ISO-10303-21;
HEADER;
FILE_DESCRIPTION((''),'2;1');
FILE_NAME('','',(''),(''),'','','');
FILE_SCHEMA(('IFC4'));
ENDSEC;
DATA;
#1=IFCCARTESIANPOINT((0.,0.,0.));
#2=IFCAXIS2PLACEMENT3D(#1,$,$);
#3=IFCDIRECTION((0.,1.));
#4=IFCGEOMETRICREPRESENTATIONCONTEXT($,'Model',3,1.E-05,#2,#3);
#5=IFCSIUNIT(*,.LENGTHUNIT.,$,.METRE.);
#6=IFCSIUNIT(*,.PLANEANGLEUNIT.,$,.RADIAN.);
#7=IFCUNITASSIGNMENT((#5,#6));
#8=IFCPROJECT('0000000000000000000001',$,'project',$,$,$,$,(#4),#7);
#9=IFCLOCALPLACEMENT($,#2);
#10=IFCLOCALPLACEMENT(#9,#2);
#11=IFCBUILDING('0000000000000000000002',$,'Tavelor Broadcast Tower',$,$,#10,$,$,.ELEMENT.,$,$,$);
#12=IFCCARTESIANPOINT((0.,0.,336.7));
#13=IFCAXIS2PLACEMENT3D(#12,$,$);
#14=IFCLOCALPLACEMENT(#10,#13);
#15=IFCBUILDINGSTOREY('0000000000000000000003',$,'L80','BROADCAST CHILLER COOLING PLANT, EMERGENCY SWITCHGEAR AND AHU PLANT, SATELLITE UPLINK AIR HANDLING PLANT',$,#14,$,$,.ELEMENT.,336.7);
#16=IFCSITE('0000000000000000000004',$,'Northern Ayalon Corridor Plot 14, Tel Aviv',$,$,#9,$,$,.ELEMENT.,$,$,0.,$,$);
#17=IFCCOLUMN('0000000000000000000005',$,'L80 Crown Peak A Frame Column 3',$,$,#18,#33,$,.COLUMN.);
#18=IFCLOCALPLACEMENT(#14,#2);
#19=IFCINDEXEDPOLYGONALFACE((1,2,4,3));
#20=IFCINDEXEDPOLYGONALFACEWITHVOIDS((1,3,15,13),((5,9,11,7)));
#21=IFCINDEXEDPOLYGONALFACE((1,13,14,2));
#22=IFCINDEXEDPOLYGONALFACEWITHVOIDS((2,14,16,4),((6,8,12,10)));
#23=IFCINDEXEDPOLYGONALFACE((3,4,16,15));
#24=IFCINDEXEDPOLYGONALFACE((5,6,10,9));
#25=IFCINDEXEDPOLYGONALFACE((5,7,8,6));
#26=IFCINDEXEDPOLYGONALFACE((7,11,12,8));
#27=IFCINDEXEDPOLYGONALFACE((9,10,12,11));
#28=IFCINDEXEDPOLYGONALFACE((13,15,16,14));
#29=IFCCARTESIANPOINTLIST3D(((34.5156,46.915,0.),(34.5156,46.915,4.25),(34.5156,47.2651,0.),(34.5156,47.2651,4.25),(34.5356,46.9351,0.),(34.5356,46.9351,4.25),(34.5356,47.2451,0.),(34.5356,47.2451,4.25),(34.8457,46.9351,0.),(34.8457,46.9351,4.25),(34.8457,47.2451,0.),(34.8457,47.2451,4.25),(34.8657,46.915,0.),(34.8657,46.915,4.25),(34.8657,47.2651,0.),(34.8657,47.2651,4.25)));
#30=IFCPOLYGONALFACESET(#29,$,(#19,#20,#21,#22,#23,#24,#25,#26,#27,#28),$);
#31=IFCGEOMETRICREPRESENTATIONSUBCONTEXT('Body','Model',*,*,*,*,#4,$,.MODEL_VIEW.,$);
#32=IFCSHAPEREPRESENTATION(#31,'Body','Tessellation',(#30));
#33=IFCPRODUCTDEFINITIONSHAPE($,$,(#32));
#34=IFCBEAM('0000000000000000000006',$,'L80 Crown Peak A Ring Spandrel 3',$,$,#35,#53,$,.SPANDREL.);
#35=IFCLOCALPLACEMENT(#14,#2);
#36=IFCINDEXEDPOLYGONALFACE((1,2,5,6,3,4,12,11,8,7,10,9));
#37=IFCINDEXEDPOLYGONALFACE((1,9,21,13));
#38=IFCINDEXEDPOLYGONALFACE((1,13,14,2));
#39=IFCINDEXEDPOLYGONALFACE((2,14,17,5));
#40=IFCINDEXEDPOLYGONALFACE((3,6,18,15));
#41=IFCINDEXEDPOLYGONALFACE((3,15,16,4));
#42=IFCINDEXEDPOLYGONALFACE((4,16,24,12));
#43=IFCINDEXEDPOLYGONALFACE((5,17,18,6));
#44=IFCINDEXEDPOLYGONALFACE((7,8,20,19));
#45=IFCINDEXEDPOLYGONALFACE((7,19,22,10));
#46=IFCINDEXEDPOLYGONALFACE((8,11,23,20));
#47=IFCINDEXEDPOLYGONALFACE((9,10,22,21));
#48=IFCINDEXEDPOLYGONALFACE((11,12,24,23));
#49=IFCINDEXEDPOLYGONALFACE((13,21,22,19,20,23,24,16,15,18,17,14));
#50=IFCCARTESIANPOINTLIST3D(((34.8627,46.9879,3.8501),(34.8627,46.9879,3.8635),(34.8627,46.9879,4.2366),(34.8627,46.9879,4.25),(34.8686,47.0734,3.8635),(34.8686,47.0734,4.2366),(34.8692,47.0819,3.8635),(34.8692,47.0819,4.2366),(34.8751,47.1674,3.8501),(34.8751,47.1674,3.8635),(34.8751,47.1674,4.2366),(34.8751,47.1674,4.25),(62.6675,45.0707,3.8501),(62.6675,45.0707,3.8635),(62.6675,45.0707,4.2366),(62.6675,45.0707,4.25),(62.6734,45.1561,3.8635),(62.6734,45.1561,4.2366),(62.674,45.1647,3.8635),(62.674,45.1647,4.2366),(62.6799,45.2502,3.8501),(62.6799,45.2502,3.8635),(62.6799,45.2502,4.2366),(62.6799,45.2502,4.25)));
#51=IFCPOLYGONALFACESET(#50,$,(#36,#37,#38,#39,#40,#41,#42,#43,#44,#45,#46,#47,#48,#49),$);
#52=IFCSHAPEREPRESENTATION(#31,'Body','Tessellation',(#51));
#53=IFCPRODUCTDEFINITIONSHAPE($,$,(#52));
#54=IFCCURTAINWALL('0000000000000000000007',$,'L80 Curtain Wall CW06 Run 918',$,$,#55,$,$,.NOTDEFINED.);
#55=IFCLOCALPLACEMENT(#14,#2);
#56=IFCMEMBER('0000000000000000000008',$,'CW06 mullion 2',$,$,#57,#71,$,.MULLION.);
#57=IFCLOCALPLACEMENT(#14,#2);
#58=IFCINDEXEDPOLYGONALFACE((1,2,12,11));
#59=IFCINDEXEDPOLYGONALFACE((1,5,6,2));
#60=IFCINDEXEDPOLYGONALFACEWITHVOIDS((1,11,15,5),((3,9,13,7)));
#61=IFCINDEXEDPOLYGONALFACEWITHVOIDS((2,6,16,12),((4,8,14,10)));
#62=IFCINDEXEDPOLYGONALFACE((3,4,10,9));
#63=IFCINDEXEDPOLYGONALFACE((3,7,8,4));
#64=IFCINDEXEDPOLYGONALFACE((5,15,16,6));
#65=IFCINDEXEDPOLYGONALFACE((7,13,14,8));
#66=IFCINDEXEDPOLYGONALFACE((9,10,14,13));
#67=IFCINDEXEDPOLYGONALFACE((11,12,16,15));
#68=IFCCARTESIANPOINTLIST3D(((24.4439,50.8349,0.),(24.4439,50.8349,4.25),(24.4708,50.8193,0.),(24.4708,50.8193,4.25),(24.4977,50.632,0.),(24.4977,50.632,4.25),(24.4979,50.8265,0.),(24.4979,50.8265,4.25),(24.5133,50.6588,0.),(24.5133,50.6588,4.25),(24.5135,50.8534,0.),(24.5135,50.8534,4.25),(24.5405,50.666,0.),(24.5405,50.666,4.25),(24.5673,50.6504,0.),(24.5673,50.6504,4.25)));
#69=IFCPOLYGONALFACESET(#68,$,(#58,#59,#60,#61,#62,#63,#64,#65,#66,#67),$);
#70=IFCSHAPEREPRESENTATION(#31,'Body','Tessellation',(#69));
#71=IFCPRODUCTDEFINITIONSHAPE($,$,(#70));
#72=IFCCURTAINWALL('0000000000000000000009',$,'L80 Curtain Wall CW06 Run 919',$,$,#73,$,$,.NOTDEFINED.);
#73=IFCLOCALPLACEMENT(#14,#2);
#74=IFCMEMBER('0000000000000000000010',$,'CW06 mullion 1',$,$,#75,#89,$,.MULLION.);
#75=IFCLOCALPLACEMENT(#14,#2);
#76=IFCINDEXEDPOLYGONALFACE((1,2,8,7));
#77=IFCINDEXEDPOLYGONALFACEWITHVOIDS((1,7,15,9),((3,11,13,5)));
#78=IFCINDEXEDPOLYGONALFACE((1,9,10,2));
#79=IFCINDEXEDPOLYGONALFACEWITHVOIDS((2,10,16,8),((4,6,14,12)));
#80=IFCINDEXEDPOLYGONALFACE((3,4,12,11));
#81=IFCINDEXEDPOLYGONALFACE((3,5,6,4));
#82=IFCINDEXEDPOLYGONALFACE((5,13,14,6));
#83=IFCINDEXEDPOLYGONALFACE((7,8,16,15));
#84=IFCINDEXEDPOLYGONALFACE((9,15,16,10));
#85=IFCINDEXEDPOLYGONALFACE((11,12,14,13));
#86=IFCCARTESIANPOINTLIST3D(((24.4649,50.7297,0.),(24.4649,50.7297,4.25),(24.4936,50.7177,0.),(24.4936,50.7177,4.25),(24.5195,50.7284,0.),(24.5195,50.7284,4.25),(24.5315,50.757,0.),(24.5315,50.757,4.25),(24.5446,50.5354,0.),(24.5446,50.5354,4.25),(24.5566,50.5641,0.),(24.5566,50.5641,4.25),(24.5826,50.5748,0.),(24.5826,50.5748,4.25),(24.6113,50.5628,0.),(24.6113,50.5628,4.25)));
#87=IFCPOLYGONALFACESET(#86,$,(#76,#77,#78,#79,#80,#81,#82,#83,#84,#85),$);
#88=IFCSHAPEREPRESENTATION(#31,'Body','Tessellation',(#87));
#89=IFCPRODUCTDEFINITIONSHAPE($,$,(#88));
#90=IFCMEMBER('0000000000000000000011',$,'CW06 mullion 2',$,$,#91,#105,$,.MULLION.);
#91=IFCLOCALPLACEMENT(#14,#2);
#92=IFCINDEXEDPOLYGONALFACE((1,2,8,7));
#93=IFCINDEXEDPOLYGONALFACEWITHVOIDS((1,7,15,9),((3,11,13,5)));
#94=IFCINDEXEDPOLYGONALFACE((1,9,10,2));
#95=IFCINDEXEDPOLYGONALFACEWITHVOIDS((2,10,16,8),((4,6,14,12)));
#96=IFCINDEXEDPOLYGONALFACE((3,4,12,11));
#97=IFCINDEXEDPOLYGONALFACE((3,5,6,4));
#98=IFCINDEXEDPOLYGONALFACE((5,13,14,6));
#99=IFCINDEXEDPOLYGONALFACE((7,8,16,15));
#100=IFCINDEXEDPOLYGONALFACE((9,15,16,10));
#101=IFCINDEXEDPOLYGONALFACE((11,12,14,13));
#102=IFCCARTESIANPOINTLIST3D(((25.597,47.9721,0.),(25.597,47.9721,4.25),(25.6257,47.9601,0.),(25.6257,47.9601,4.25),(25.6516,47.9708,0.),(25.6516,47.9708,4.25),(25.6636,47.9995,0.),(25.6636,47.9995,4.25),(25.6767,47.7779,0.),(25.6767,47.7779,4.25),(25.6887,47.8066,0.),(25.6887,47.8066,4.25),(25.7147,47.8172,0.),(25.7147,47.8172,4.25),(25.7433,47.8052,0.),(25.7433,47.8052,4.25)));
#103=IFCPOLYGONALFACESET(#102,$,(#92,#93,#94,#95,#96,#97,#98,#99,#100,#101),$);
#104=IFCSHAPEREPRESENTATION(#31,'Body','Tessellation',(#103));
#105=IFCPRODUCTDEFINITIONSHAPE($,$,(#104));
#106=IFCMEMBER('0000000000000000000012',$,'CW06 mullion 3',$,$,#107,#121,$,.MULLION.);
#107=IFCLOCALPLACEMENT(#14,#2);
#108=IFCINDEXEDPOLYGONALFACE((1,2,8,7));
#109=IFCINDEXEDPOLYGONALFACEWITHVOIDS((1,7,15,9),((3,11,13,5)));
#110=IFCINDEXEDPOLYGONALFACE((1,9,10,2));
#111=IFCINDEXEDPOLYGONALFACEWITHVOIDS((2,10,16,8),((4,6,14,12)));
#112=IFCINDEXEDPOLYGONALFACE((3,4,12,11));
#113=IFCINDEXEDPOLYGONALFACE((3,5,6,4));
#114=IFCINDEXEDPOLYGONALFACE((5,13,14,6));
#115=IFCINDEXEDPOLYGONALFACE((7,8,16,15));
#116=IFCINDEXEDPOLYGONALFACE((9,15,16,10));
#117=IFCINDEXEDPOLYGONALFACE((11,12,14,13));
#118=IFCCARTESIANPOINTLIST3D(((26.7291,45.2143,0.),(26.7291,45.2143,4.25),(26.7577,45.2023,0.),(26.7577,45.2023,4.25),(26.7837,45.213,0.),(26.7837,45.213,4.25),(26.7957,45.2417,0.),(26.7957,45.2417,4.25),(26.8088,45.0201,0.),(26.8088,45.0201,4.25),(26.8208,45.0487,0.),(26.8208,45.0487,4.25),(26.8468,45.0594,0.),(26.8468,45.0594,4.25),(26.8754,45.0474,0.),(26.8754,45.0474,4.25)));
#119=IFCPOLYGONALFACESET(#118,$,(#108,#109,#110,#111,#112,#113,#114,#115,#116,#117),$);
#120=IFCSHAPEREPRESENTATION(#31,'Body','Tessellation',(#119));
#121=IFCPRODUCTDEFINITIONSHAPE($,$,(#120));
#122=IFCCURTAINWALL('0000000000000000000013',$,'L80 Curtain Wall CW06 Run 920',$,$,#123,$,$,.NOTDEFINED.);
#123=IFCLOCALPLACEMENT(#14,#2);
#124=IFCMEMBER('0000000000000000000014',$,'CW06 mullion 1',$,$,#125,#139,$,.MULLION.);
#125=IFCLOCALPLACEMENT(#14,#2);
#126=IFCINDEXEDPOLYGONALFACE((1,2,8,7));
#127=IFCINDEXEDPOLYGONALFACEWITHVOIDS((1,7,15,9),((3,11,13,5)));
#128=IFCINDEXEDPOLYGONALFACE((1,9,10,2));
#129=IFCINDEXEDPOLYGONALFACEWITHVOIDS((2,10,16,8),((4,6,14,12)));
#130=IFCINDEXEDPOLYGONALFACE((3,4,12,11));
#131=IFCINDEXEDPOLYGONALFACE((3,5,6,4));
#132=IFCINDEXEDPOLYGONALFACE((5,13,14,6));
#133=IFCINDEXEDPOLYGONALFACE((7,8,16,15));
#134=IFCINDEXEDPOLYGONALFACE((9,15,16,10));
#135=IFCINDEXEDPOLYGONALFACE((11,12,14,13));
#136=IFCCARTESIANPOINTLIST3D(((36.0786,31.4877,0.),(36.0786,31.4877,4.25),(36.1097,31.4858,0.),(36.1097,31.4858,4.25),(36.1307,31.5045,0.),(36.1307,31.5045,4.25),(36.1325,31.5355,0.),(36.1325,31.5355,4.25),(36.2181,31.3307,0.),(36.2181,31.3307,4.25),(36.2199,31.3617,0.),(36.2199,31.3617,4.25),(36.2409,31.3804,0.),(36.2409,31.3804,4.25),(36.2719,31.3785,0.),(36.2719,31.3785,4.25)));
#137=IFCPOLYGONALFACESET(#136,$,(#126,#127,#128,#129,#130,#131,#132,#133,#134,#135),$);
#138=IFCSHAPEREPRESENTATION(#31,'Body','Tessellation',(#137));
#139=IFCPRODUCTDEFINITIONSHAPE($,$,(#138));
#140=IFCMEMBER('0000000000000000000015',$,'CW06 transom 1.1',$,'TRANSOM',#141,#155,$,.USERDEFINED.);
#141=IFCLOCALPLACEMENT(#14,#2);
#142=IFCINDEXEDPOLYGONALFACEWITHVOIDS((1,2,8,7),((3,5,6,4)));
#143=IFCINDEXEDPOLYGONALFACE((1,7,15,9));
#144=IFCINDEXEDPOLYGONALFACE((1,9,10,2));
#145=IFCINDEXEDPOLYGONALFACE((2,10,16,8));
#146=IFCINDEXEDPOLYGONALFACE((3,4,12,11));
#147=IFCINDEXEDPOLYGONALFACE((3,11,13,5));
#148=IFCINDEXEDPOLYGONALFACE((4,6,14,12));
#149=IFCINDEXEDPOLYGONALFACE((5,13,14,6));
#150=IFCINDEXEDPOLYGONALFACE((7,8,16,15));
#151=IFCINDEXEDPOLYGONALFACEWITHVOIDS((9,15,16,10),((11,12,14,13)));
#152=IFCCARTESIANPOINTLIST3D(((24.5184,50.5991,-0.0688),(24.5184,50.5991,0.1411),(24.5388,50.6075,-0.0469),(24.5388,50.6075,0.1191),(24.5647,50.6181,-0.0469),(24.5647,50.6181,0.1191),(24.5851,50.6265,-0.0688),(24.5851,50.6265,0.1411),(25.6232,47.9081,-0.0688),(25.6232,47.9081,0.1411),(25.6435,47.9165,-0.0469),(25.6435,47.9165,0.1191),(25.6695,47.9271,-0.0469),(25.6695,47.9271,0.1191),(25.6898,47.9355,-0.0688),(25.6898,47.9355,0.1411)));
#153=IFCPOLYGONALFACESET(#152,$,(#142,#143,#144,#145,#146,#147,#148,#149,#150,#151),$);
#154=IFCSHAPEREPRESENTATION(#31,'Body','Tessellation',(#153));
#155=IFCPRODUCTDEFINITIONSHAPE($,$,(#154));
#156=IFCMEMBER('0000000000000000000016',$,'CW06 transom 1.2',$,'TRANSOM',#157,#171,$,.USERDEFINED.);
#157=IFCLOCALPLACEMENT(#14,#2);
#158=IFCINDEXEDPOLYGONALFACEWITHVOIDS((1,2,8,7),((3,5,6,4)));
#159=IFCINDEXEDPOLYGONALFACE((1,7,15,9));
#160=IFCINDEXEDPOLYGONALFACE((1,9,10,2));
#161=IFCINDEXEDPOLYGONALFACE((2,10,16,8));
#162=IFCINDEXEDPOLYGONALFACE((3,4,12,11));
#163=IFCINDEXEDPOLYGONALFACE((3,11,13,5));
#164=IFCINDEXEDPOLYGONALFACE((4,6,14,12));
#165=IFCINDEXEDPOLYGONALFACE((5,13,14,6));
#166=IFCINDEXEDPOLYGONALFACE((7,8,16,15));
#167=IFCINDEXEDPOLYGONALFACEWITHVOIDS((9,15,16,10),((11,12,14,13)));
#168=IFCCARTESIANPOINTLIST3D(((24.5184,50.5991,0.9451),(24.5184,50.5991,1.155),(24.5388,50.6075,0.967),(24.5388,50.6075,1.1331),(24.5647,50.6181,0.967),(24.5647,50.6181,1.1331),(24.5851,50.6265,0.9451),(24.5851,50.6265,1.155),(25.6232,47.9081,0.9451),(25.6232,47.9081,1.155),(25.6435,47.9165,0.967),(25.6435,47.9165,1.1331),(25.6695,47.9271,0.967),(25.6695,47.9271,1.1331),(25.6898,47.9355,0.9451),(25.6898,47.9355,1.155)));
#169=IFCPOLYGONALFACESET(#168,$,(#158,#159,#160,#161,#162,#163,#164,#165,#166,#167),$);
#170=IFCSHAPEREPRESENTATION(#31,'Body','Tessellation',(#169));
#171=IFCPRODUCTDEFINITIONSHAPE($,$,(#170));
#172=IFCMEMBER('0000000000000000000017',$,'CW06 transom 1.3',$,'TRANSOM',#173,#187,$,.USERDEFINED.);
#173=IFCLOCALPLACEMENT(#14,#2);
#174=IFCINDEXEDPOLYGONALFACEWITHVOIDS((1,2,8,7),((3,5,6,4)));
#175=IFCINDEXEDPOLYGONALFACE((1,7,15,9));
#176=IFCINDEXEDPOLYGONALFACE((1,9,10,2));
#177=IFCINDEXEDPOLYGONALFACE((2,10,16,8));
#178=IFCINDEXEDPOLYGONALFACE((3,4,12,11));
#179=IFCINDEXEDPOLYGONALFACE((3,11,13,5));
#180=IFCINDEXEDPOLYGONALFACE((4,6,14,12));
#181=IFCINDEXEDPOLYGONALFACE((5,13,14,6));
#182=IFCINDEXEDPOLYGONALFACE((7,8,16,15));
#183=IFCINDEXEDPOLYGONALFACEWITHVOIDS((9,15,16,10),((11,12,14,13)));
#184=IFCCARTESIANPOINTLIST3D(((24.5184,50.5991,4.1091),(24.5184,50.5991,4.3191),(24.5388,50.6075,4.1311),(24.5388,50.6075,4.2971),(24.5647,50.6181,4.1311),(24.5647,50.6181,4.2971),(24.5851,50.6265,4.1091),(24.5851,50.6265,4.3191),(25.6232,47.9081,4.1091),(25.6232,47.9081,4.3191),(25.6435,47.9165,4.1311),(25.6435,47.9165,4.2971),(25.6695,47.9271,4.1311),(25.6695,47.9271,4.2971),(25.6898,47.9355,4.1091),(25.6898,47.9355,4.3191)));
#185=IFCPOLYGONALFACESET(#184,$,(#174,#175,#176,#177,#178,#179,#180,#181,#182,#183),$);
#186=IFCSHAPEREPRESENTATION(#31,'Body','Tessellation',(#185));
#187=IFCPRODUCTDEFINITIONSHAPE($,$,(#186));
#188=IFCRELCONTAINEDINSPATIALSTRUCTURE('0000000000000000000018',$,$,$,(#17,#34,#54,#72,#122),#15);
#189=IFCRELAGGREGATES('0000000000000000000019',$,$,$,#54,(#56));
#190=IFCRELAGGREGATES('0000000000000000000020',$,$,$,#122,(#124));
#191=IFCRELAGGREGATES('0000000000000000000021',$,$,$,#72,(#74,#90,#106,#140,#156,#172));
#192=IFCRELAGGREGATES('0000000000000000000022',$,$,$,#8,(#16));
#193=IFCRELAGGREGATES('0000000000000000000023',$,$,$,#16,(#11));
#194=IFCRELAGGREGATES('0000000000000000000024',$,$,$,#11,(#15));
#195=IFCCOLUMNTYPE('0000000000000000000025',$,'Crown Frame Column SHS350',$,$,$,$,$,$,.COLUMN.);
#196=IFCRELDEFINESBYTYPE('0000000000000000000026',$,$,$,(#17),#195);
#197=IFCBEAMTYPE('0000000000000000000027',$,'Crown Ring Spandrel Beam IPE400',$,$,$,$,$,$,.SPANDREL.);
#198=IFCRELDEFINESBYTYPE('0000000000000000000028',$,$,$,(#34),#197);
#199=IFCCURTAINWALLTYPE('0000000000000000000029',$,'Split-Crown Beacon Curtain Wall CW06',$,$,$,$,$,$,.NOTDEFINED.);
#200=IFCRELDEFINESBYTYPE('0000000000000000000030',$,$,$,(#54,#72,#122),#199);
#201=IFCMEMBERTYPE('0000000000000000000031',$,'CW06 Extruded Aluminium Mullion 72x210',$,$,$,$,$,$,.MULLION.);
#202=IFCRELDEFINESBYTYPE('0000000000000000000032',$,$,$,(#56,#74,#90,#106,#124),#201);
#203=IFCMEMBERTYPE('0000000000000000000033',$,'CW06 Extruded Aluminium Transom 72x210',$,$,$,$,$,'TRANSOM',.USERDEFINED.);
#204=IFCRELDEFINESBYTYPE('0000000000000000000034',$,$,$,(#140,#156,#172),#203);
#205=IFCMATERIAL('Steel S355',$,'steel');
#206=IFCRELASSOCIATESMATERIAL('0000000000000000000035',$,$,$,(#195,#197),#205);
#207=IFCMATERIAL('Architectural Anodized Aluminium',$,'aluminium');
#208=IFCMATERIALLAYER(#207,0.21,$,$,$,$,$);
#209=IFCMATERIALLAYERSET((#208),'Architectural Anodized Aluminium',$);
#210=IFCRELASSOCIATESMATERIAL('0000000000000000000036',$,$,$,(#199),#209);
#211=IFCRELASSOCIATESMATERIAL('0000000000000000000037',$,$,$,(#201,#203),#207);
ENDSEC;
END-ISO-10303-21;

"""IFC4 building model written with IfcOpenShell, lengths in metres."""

from ifc_helpers import new_model, si_unit, direction, frame, origin, origin_2d, place, context, subcontext, project, spatial, hollow_rectangle, i_section, extrude, source, transform, mapped, material, layer, layer_set, material_profile, profile_set, type_object, type_shapes, element, aggregate, save


model = new_model("IFC4")

# Units and contexts
model_context = context("Model", 3, precision=1e-05, world=origin(), true_north=direction((0.0, 1.0)))
body_context = subcontext(model_context, "Body", "Model", "MODEL_VIEW")
ifc_project = project(units=[si_unit("LENGTHUNIT", "METRE"), si_unit("PLANEANGLEUNIT", "RADIAN")], contexts=[model_context])

# Site, building, storey
site_placement = place(None, origin())
site = spatial("IfcSite", under=ifc_project, at=site_placement, Name="Northern Ayalon Corridor Plot 14, Tel Aviv", CompositionType="ELEMENT", RefElevation=0.0)
building_placement = place(site_placement, origin())
building = spatial("IfcBuilding", under=site, at=building_placement, Name="Tavelor Broadcast Tower", CompositionType="ELEMENT")
storey_placement = place(building_placement, frame((0.0, 0.0, 336.7)))
storey = spatial("IfcBuildingStorey", under=building, at=storey_placement, Name="L80", Description="BROADCAST CHILLER COOLING PLANT, EMERGENCY SWITCHGEAR AND AHU PLANT, SATELLITE UPLINK AIR HANDLING PLANT", CompositionType="ELEMENT", Elevation=336.7)

# Column
ifc_material_1 = material(Name="Steel S355", Category="steel")
ifc_material_profile_1 = material_profile(ifc_material_1, hollow_rectangle(XDim=0.3501, YDim=0.3501, WallThickness=0.02, at=origin_2d()), Name="SHS 350x350x20")
ifc_profile_set_1 = profile_set([ifc_material_profile_1], Name="Steel S355")
column_type = type_object("IfcColumnType", Name="Crown Frame Column SHS350", PredefinedType="COLUMN", material=ifc_profile_set_1)
column_placement = place(storey_placement, frame((34.6907, 47.0901, 0.0), z_axis=(0.0, 0.0, 1.0), x_axis=(1.0, 0.0, 0.0)))
element("IfcColumn", 1, at=column_placement, inside=storey, type_object=column_type, Name="L80 Crown Peak A Frame Column 3", PredefinedType="COLUMN", context=body_context, shape_type="SweptSolid", body=[
    extrude(hollow_rectangle(XDim=0.3501, YDim=0.3501, WallThickness=0.02, at=origin_2d()), origin(), (0.0, 0.0, 1.0), 4.25),
])

# Beam
ifc_material_profile_2 = material_profile(ifc_material_1, i_section(OverallWidth=0.1799, OverallDepth=0.3999, WebThickness=0.0085, FlangeThickness=0.0134, at=origin_2d()), Name="IPE 400")
ifc_profile_set_2 = profile_set([ifc_material_profile_2], Name="Steel S355")
beam_type = type_object("IfcBeamType", Name="Crown Ring Spandrel Beam IPE400", PredefinedType="SPANDREL", material=ifc_profile_set_2)
beam_placement = place(storey_placement, frame((34.8689, 47.0776, 4.05), z_axis=(0.997631, -0.06879, 0.0), x_axis=(0.06879, 0.997631, 0.0)))
element("IfcBeam", 2, at=beam_placement, inside=storey, type_object=beam_type, Name="L80 Crown Peak A Ring Spandrel 3", PredefinedType="SPANDREL", context=body_context, shape_type="SweptSolid", body=[
    extrude(i_section(OverallWidth=0.1799, OverallDepth=0.3999, WebThickness=0.0085, FlangeThickness=0.0134, at=origin_2d()), origin(), (0.0, 0.0, 1.0), 27.8708),
])

# Curtain wall, member
ifc_material_2 = material(Name="Architectural Anodized Aluminium", Category="aluminium")
ifc_layer_1 = layer(ifc_material_2, 0.21)
ifc_layer_set_1 = layer_set([ifc_layer_1], Name="Architectural Anodized Aluminium")
curtain_wall_type = type_object("IfcCurtainWallType", Name="Split-Crown Beacon Curtain Wall CW06", PredefinedType="NOTDEFINED", material=ifc_layer_set_1)
curtain_wall_1_placement = place(storey_placement, origin())
curtain_wall_1 = element("IfcCurtainWall", 3, at=curtain_wall_1_placement, inside=storey, type_object=curtain_wall_type, Name="L80 Curtain Wall CW06 Run 918", PredefinedType="NOTDEFINED")
ifc_material_profile_3 = material_profile(ifc_material_2, hollow_rectangle(XDim=0.072, YDim=0.21, WallThickness=0.022, at=origin_2d()), Name="RHS 72x210x22")
ifc_profile_set_3 = profile_set([ifc_material_profile_3], Name="Architectural Anodized Aluminium")
member_type_1 = type_object("IfcMemberType", Name="CW06 Extruded Aluminium Mullion 72x210", PredefinedType="MULLION", material=ifc_profile_set_3)
shared_shape_1 = source(origin(), body_context, "Body", "SweptSolid", [
    extrude(hollow_rectangle(XDim=0.072, YDim=0.21, WallThickness=0.022, at=origin_2d()), origin(), (0.0, 0.0, 1.0), 4.25),
])
type_shapes(member_type_1, [shared_shape_1])
member_1_placement = place(storey_placement, frame((24.5056, 50.7427, 0.0), z_axis=(0.0, 0.0, 1.0), x_axis=(0.966603, 0.25628, 0.0)))
member_1 = element("IfcMember", 4, at=member_1_placement, type_object=member_type_1, Name="CW06 mullion 2", PredefinedType="MULLION", context=body_context, shape_type="MappedRepresentation", body=[
    mapped(shared_shape_1, transform((0.0, 0.0, 0.0), scale=1.0)),
])
aggregate(curtain_wall_1, [member_1])

# Curtain wall, members
curtain_wall_2_placement = place(storey_placement, origin())
curtain_wall_2 = element("IfcCurtainWall", 5, at=curtain_wall_2_placement, inside=storey, type_object=curtain_wall_type, Name="L80 Curtain Wall CW06 Run 919", PredefinedType="NOTDEFINED")
member_2_placement = place(storey_placement, frame((24.5381, 50.6462, 0.0), z_axis=(0.0, 0.0, 1.0), x_axis=(0.925082, 0.379768, 0.0)))
member_2 = element("IfcMember", 6, at=member_2_placement, type_object=member_type_1, Name="CW06 mullion 1", PredefinedType="MULLION", context=body_context, shape_type="MappedRepresentation", body=[
    mapped(shared_shape_1, transform((0.0, 0.0, 0.0), scale=1.0)),
])
member_3_placement = place(storey_placement, frame((25.6702, 47.8887, 0.0), z_axis=(0.0, 0.0, 1.0), x_axis=(0.925082, 0.379768, 0.0)))
member_3 = element("IfcMember", 7, at=member_3_placement, type_object=member_type_1, Name="CW06 mullion 2", PredefinedType="MULLION", context=body_context, shape_type="MappedRepresentation", body=[
    mapped(shared_shape_1, transform((0.0, 0.0, 0.0), scale=1.0)),
])
member_4_placement = place(storey_placement, frame((26.8022, 45.1309, 0.0), z_axis=(0.0, 0.0, 1.0), x_axis=(0.925082, 0.379768, 0.0)))
member_4 = element("IfcMember", 8, at=member_4_placement, type_object=member_type_1, Name="CW06 mullion 3", PredefinedType="MULLION", context=body_context, shape_type="MappedRepresentation", body=[
    mapped(shared_shape_1, transform((0.0, 0.0, 0.0), scale=1.0)),
])

# Curtain wall, member
curtain_wall_3_placement = place(storey_placement, origin())
curtain_wall_3 = element("IfcCurtainWall", 9, at=curtain_wall_3_placement, inside=storey, type_object=curtain_wall_type, Name="L80 Curtain Wall CW06 Run 920", PredefinedType="NOTDEFINED")
member_5_placement = place(storey_placement, frame((36.1753, 31.4331, 0.0), z_axis=(0.0, 0.0, 1.0), x_axis=(0.747602, 0.664147, 0.0)))
member_5 = element("IfcMember", 10, at=member_5_placement, type_object=member_type_1, Name="CW06 mullion 1", PredefinedType="MULLION", context=body_context, shape_type="MappedRepresentation", body=[
    mapped(shared_shape_1, transform((0.0, 0.0, 0.0), scale=1.0)),
])

# Members
ifc_material_profile_4 = material_profile(ifc_material_2, hollow_rectangle(XDim=0.072, YDim=0.21, WallThickness=0.022, at=origin_2d()), Name="RHS 72x210x22")
ifc_profile_set_4 = profile_set([ifc_material_profile_4], Name="Architectural Anodized Aluminium")
member_type_2 = type_object("IfcMemberType", Name="CW06 Extruded Aluminium Transom 72x210", ElementType="TRANSOM", PredefinedType="USERDEFINED", material=ifc_profile_set_4)
shared_shape_2 = source(origin(), body_context, "Body", "SweptSolid", [
    extrude(hollow_rectangle(XDim=0.072, YDim=0.21, WallThickness=0.022, at=origin_2d()), origin(), (0.0, 0.0, 1.0), 2.9089),
])
member_6_placement = place(storey_placement, frame((24.5518, 50.6128, 0.0361), z_axis=(0.379783, -0.925076, 0.0), x_axis=(0.925076, 0.379783, 0.0)))
member_6 = element("IfcMember", 11, at=member_6_placement, type_object=member_type_2, Name="CW06 transom 1.1", ObjectType="TRANSOM", PredefinedType="USERDEFINED", context=body_context, shape_type="MappedRepresentation", body=[
    mapped(shared_shape_2, transform((0.0, 0.0, 0.0), scale=1.0)),
])
member_7_placement = place(storey_placement, frame((24.5518, 50.6128, 1.05), z_axis=(0.379783, -0.925076, 0.0), x_axis=(0.925076, 0.379783, 0.0)))
member_7 = element("IfcMember", 12, at=member_7_placement, type_object=member_type_2, Name="CW06 transom 1.2", ObjectType="TRANSOM", PredefinedType="USERDEFINED", context=body_context, shape_type="MappedRepresentation", body=[
    mapped(shared_shape_2, transform((0.0, 0.0, 0.0), scale=1.0)),
])
member_8_placement = place(storey_placement, frame((24.5518, 50.6128, 4.2141), z_axis=(0.379783, -0.925076, 0.0), x_axis=(0.925076, 0.379783, 0.0)))
member_8 = element("IfcMember", 13, at=member_8_placement, type_object=member_type_2, Name="CW06 transom 1.3", ObjectType="TRANSOM", PredefinedType="USERDEFINED", context=body_context, shape_type="MappedRepresentation", body=[
    mapped(shared_shape_2, transform((0.0, 0.0, 0.0), scale=1.0)),
])
aggregate(curtain_wall_3, [member_5])

aggregate(curtain_wall_2, [member_2, member_3, member_4, member_6, member_7, member_8])

save(model, "model.ifc")
